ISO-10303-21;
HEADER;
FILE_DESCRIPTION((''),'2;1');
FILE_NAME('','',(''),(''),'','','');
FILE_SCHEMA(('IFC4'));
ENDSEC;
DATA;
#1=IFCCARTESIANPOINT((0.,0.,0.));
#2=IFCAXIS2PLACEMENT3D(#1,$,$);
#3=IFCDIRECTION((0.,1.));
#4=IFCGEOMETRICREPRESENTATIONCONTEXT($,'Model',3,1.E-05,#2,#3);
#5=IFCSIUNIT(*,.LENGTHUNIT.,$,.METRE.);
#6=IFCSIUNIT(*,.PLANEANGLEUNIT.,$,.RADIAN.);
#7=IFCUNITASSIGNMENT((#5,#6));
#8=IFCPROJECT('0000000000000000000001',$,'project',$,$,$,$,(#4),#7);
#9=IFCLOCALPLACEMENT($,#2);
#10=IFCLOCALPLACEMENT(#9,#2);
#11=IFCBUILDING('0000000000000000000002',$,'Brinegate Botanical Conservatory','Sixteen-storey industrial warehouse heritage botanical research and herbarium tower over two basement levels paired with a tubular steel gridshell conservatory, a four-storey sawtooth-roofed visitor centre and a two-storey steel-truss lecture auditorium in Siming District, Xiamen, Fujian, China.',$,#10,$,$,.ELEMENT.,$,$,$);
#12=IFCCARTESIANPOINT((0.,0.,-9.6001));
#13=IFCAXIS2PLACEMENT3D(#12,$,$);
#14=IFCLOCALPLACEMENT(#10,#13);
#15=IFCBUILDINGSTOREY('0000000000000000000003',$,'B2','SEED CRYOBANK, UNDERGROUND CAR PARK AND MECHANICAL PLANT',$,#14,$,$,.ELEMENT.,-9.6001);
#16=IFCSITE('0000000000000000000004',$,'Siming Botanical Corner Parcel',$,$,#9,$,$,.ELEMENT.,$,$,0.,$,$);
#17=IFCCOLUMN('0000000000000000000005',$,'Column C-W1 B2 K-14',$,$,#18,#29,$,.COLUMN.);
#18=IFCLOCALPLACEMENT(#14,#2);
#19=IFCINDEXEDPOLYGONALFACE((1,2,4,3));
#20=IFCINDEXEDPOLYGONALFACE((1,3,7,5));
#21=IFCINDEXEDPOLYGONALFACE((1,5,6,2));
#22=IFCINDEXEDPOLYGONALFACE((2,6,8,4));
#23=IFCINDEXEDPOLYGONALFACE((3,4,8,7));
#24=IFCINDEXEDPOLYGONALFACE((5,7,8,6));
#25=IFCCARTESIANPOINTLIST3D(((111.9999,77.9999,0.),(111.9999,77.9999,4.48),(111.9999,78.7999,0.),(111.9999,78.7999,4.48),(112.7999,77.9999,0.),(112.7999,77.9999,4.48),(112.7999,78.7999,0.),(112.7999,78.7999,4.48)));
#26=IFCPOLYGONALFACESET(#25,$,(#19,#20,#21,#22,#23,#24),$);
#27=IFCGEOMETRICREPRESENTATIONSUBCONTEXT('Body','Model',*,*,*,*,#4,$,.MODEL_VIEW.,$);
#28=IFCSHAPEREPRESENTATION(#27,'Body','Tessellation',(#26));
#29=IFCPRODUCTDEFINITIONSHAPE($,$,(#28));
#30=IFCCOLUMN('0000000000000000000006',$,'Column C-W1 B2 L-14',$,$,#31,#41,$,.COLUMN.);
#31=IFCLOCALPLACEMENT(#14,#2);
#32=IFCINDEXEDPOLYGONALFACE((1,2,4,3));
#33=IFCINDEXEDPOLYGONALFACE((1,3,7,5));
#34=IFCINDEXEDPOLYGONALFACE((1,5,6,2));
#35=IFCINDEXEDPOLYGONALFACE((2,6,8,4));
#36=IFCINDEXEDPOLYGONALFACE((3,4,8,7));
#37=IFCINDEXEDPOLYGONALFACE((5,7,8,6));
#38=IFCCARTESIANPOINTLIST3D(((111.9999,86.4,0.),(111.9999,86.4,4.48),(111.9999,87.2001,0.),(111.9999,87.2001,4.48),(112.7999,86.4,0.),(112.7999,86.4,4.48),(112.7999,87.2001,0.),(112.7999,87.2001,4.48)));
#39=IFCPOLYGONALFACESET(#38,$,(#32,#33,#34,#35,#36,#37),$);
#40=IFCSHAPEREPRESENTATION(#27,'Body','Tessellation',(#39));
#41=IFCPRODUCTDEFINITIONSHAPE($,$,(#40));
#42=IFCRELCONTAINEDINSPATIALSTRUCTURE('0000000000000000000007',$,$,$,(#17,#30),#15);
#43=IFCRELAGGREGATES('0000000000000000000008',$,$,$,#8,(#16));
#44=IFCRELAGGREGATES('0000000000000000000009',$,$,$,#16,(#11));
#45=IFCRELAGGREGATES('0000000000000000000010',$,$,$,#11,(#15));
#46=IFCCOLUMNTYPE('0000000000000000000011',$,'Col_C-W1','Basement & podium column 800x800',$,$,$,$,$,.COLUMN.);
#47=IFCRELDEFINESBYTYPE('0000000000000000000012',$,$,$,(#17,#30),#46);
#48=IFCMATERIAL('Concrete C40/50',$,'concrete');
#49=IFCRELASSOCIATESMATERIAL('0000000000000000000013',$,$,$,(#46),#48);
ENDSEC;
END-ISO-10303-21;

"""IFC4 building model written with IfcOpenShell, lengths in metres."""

from ifc_helpers import new_model, si_unit, direction, frame, origin, origin_2d, place, context, subcontext, project, spatial, rectangle, extrude, material, material_profile, profile_set, type_object, element, save


model = new_model("IFC4")

# Units and contexts
model_context = context("Model", 3, precision=1e-05, world=origin(), true_north=direction((0.0, 1.0)))
body_context = subcontext(model_context, "Body", "Model", "MODEL_VIEW")
ifc_project = project(units=[si_unit("LENGTHUNIT", "METRE"), si_unit("PLANEANGLEUNIT", "RADIAN")], contexts=[model_context])

# Site, building, storey
site_placement = place(None, origin())
site = spatial("IfcSite", under=ifc_project, at=site_placement, Name="Siming Botanical Corner Parcel", CompositionType="ELEMENT", RefElevation=0.0)
building_placement = place(site_placement, origin())
building = spatial("IfcBuilding", under=site, at=building_placement, Name="Brinegate Botanical Conservatory", Description="Sixteen-storey industrial warehouse heritage botanical research and herbarium tower over two basement levels paired with a tubular steel gridshell conservatory, a four-storey sawtooth-roofed visitor centre and a two-storey steel-truss lecture auditorium in Siming District, Xiamen, Fujian, China.", CompositionType="ELEMENT")
storey_placement = place(building_placement, frame((0.0, 0.0, -9.6001)))
storey = spatial("IfcBuildingStorey", under=building, at=storey_placement, Name="B2", Description="SEED CRYOBANK, UNDERGROUND CAR PARK AND MECHANICAL PLANT", CompositionType="ELEMENT", Elevation=-9.6001)

# Shared definitions
ifc_material = material(Name="Concrete C40/50", Category="concrete")

# Columns
ifc_material_profile_1 = material_profile(ifc_material, rectangle(XDim=0.8, YDim=0.8, at=origin_2d()), Name="RC COL 800x800")
ifc_profile_set_1 = profile_set([ifc_material_profile_1], Name="Concrete C40/50")
column_type = type_object("IfcColumnType", Name="Col_C-W1", Description="Basement & podium column 800x800", PredefinedType="COLUMN", material=ifc_profile_set_1)
for number, where, z_axis, x_axis, name in (
    (1, (112.3999, 78.3999, 0.0), (0.0, 0.0, 1.0), (1.0, 0.0, 0.0), "Column C-W1 B2 K-14"),
    (2, (112.3999, 86.8, 0.0), (0.0, 0.0, 1.0), (1.0, 0.0, 0.0), "Column C-W1 B2 L-14"),
):
    element("IfcColumn", number, at=place(storey_placement, frame(where, z_axis=z_axis, x_axis=x_axis)), inside=storey, type_object=column_type, Name=name, PredefinedType="COLUMN", context=body_context, shape_type="SweptSolid", body=[
        extrude(rectangle(XDim=0.8, YDim=0.8, at=origin_2d()), origin(), (0.0, 0.0, 1.0), 4.48),
    ])

save(model, "model.ifc")
